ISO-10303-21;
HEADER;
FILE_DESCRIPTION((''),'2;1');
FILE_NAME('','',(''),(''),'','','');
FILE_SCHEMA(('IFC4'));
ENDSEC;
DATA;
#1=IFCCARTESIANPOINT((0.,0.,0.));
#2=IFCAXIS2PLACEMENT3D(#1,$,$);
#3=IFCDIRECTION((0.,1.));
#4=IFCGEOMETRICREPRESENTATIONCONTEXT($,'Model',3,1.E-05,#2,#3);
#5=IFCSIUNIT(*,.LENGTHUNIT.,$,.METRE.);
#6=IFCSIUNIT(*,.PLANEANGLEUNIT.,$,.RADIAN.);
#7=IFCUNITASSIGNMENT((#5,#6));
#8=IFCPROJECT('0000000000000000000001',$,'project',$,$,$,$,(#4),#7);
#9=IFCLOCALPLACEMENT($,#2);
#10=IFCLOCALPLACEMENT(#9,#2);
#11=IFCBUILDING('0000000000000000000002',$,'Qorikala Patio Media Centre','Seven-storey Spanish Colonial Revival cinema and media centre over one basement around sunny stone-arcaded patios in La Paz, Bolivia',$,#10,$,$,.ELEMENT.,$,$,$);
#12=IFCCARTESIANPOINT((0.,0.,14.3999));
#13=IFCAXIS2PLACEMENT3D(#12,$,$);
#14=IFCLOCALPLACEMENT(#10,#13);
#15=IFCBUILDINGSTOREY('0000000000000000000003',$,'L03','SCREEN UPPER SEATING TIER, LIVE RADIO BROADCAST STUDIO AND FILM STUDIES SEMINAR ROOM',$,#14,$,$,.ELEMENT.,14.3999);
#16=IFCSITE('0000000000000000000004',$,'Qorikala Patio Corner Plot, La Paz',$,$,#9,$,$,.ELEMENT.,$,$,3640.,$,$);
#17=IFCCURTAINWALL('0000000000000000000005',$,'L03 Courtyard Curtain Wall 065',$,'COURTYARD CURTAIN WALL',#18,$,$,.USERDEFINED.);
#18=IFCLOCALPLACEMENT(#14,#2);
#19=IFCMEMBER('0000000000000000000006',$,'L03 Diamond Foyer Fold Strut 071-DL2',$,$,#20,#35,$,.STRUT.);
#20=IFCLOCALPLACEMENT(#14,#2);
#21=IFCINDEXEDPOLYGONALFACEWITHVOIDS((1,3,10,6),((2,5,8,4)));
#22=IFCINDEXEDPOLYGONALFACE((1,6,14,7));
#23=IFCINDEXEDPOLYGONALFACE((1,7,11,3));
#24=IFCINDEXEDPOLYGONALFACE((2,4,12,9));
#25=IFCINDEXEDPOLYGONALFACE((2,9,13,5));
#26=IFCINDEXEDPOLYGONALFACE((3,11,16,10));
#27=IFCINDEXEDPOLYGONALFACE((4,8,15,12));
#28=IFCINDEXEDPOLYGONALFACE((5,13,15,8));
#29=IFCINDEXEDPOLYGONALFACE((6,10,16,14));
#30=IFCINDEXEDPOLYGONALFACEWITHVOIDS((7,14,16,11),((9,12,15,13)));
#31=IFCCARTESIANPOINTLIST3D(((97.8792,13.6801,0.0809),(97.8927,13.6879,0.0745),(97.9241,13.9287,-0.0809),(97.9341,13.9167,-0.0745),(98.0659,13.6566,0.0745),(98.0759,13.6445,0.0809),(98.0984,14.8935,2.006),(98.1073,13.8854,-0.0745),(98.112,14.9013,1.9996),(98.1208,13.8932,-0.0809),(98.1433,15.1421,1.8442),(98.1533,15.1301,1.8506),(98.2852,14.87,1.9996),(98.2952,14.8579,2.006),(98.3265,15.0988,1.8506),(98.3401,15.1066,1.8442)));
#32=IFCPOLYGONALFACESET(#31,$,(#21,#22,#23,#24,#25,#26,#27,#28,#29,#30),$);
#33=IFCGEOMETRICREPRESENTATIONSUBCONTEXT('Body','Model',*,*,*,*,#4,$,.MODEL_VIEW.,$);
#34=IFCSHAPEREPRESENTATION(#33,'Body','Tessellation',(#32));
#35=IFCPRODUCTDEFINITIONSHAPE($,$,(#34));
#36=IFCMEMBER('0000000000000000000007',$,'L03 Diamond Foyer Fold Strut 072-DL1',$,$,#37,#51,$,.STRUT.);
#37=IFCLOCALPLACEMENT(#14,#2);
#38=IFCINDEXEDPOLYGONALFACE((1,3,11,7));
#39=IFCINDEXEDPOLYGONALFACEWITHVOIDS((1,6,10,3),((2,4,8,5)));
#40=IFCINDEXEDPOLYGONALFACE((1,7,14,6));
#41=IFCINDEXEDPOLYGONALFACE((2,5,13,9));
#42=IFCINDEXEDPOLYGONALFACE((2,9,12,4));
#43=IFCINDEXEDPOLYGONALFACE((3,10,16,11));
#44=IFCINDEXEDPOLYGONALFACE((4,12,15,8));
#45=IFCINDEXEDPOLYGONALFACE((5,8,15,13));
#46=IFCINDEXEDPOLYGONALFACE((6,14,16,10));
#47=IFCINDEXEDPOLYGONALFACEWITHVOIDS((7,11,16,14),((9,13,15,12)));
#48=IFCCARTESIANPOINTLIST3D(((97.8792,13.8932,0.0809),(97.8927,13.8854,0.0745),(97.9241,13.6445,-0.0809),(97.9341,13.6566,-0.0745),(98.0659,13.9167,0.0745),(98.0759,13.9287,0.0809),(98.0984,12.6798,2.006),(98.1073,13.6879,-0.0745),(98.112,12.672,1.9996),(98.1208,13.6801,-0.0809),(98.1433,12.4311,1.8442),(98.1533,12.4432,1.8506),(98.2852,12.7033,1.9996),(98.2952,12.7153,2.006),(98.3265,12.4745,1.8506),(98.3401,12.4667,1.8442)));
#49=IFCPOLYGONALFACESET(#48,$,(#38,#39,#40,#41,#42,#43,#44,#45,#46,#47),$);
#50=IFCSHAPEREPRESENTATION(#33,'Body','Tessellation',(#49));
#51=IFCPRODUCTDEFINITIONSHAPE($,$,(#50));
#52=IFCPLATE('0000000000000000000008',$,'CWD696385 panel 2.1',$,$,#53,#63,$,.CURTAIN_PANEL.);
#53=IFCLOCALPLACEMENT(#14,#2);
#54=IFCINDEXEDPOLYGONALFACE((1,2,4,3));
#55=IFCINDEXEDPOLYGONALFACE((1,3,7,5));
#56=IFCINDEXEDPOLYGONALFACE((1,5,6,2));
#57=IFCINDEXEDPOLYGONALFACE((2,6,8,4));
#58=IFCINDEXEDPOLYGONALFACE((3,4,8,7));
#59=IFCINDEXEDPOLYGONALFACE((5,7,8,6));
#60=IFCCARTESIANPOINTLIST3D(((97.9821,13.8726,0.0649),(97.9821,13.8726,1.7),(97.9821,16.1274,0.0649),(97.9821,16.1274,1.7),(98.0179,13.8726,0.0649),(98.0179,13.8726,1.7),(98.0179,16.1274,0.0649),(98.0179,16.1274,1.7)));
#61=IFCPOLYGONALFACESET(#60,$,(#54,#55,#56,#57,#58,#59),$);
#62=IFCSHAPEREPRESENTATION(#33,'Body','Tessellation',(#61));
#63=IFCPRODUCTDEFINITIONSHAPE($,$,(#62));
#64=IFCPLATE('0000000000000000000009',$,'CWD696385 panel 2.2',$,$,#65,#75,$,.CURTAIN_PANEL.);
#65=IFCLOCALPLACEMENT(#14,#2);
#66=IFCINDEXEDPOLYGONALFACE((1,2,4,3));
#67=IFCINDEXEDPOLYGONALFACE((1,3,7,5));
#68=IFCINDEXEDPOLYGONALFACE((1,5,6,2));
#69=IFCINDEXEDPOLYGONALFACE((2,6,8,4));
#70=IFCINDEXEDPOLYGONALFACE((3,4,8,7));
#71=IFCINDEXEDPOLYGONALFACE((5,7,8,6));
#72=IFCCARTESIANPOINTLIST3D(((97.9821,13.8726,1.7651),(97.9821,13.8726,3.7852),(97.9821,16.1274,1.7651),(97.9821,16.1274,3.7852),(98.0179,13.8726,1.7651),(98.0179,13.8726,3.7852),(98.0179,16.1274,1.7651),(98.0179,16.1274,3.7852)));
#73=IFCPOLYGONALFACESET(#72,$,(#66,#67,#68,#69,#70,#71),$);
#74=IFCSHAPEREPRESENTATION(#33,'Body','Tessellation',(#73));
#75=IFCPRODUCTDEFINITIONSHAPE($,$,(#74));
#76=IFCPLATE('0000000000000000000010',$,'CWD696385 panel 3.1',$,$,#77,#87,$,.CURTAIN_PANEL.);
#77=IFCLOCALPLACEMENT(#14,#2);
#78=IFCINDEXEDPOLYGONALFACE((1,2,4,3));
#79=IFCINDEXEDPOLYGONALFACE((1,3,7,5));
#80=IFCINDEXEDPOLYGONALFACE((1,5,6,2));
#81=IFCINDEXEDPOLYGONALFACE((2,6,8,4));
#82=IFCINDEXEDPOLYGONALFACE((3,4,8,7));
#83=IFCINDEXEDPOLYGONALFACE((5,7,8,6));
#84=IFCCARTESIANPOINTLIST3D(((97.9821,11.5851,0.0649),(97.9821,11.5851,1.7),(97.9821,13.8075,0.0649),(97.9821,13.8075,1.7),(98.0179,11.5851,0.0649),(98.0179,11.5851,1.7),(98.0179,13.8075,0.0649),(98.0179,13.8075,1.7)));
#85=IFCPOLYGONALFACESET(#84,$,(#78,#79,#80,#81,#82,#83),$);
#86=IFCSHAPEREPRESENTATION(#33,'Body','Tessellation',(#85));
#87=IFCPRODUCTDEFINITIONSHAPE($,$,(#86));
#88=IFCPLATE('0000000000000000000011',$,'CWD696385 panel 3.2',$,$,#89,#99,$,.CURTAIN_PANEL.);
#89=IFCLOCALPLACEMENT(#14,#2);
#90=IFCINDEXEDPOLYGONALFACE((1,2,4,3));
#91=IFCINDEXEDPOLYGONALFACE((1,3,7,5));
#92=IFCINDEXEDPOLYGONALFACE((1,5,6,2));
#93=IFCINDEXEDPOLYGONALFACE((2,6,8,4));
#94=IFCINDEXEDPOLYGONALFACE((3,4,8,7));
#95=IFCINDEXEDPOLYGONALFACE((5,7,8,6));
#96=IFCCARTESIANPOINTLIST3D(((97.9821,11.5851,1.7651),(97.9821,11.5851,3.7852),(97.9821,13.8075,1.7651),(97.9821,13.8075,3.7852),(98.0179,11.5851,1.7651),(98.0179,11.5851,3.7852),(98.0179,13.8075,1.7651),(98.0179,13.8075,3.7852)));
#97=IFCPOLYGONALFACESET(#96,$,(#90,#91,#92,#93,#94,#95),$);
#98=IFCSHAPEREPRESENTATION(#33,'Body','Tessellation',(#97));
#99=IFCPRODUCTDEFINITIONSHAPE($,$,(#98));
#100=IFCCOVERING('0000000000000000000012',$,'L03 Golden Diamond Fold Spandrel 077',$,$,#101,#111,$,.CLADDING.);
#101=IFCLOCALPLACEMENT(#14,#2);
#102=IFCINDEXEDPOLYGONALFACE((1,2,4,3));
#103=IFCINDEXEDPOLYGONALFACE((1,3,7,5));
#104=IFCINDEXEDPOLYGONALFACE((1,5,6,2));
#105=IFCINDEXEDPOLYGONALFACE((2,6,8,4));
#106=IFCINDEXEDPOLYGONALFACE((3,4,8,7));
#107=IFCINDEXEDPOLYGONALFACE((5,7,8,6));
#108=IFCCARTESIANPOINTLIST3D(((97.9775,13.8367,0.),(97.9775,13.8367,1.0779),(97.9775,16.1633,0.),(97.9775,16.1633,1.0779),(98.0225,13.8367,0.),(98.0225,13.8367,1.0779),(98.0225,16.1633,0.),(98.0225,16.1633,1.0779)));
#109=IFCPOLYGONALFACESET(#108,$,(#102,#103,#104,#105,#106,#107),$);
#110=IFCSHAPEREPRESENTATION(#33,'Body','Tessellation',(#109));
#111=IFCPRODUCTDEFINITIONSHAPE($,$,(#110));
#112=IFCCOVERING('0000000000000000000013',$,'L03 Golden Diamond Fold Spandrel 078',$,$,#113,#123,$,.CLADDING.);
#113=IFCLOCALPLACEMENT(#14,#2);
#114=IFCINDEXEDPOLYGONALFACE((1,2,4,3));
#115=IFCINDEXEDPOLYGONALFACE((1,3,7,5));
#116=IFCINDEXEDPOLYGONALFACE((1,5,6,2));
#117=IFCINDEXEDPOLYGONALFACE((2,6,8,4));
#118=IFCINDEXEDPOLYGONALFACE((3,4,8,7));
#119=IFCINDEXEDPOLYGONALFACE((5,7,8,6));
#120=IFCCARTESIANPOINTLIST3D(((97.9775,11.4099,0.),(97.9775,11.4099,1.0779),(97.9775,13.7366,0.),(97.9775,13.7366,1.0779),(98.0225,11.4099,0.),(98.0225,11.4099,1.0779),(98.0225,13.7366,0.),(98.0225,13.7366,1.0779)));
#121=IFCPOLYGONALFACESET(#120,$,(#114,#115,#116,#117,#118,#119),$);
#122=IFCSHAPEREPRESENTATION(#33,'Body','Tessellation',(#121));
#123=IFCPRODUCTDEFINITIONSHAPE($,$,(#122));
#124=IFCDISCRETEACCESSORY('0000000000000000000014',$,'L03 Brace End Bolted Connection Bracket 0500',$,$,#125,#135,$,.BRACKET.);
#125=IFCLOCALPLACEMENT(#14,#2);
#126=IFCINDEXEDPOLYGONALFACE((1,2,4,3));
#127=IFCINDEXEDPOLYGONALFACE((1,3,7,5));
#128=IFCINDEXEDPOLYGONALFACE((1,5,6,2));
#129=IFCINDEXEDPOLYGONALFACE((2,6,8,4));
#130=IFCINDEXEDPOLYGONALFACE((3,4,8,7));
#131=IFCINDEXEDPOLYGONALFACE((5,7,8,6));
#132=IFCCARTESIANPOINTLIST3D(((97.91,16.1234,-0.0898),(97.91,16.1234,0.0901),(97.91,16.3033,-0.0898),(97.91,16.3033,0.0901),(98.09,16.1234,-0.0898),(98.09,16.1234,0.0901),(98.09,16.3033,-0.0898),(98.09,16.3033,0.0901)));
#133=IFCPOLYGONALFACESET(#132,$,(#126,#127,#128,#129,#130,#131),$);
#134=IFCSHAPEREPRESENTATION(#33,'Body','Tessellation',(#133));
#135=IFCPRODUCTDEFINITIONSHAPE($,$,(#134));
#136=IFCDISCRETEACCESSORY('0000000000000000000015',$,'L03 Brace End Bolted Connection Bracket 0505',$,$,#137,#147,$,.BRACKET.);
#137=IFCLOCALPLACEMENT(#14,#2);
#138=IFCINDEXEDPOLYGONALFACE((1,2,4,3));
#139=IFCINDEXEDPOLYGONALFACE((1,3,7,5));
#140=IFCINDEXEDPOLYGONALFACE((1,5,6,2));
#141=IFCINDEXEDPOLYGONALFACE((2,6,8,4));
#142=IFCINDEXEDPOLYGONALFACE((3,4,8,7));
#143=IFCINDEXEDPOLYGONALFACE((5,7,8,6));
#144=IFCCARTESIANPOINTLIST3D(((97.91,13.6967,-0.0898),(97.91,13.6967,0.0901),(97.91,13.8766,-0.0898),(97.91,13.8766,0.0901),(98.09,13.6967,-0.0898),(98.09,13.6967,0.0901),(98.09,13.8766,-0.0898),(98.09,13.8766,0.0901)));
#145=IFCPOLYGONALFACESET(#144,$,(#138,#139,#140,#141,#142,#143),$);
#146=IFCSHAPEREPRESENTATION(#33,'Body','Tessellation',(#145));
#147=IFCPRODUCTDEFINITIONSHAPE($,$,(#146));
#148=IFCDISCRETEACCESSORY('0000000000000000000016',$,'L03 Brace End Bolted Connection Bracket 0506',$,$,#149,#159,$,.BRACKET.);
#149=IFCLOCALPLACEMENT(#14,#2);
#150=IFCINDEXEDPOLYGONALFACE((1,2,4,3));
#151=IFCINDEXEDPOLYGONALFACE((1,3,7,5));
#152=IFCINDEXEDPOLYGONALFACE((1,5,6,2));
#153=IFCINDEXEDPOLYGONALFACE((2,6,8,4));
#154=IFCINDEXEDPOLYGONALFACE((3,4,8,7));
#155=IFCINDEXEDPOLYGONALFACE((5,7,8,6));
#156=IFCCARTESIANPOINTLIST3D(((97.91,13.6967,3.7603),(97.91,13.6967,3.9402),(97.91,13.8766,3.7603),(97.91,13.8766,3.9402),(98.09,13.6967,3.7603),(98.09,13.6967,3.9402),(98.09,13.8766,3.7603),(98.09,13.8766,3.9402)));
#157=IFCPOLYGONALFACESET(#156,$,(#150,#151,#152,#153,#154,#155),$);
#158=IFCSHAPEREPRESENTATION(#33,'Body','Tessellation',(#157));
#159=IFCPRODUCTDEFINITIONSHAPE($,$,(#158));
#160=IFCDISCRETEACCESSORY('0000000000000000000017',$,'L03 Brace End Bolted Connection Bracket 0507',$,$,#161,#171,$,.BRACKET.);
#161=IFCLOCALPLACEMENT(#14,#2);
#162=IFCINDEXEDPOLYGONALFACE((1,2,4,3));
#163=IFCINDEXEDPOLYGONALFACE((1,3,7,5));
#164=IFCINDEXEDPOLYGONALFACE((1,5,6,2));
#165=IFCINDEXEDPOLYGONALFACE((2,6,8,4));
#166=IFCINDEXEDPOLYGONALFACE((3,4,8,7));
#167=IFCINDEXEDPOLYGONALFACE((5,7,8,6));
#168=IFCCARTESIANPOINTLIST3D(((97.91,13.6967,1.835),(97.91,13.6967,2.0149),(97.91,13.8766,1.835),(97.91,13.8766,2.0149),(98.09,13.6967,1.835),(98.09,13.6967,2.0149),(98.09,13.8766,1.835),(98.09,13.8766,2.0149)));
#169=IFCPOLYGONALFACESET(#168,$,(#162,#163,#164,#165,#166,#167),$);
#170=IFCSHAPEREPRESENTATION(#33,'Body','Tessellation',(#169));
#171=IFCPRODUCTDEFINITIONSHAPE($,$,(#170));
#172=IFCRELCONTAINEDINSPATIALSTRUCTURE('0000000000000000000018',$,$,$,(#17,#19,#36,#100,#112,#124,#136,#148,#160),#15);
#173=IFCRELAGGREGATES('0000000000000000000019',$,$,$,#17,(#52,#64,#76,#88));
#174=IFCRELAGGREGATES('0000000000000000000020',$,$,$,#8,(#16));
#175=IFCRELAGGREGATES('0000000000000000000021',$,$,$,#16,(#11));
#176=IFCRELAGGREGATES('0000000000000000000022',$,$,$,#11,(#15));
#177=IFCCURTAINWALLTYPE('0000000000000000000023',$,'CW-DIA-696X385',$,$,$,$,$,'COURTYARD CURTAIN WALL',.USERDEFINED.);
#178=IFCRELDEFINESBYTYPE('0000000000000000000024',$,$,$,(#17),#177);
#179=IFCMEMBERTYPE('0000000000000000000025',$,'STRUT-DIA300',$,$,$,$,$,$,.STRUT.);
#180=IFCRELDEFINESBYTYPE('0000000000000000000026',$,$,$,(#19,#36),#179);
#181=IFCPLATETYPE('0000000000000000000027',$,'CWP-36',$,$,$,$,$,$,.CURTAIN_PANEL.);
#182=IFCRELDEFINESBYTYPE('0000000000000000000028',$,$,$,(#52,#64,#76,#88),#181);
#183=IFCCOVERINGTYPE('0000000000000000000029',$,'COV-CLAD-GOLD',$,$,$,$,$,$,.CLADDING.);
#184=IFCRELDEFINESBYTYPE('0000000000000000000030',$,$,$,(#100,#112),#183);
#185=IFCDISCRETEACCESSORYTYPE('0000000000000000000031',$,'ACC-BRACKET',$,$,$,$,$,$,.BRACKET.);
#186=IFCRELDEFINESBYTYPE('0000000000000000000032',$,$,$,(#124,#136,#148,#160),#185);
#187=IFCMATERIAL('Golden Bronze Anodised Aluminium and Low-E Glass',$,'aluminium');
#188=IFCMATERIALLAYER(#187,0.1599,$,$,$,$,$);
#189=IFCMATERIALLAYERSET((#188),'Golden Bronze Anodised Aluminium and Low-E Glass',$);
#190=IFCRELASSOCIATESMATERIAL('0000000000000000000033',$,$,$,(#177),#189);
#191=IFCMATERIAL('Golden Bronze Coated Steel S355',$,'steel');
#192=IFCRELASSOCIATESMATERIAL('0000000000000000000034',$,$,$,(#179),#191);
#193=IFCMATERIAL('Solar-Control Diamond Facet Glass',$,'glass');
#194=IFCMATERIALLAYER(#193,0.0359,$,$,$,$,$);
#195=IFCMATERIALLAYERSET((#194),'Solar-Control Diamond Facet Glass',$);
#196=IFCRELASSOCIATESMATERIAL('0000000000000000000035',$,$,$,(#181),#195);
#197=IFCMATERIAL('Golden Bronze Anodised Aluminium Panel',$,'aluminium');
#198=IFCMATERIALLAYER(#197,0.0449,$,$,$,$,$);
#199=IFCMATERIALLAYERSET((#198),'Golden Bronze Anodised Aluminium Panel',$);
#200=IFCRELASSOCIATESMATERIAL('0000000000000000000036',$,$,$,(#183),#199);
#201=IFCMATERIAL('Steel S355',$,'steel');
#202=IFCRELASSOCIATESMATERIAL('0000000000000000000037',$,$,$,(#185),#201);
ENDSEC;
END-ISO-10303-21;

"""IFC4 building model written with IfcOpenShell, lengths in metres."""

from ifc_helpers import new_model, si_unit, direction, frame, origin, origin_2d, place, context, subcontext, project, spatial, rectangle, hollow_rectangle, extrude, material, layer, layer_set, material_profile, profile_set, type_object, element, aggregate, save


model = new_model("IFC4")

# Units and contexts
model_context = context("Model", 3, precision=1e-05, world=origin(), true_north=direction((0.0, 1.0)))
body_context = subcontext(model_context, "Body", "Model", "MODEL_VIEW")
ifc_project = project(units=[si_unit("LENGTHUNIT", "METRE"), si_unit("PLANEANGLEUNIT", "RADIAN")], contexts=[model_context])

# Site, building, storey
site_placement = place(None, origin())
site = spatial("IfcSite", under=ifc_project, at=site_placement, Name="Qorikala Patio Corner Plot, La Paz", CompositionType="ELEMENT", RefElevation=3640.0)
building_placement = place(site_placement, origin())
building = spatial("IfcBuilding", under=site, at=building_placement, Name="Qorikala Patio Media Centre", Description="Seven-storey Spanish Colonial Revival cinema and media centre over one basement around sunny stone-arcaded patios in La Paz, Bolivia", CompositionType="ELEMENT")
storey_placement = place(building_placement, frame((0.0, 0.0, 14.3999)))
storey = spatial("IfcBuildingStorey", under=building, at=storey_placement, Name="L03", Description="SCREEN UPPER SEATING TIER, LIVE RADIO BROADCAST STUDIO AND FILM STUDIES SEMINAR ROOM", CompositionType="ELEMENT", Elevation=14.3999)

# Shared definitions
ifc_material_1 = material(Name="Golden Bronze Coated Steel S355", Category="steel")

# Curtain wall
ifc_material_2 = material(Name="Golden Bronze Anodised Aluminium and Low-E Glass", Category="aluminium")
ifc_layer_1 = layer(ifc_material_2, 0.1599)
ifc_layer_set_1 = layer_set([ifc_layer_1], Name="Golden Bronze Anodised Aluminium and Low-E Glass")
curtain_wall_type = type_object("IfcCurtainWallType", Name="CW-DIA-696X385", ElementType="COURTYARD CURTAIN WALL", PredefinedType="USERDEFINED", material=ifc_layer_set_1)
curtain_wall_placement = place(storey_placement, origin())
curtain_wall = element("IfcCurtainWall", 1, at=curtain_wall_placement, inside=storey, type_object=curtain_wall_type, Name="L03 Courtyard Curtain Wall 065", ObjectType="COURTYARD CURTAIN WALL", PredefinedType="USERDEFINED")

# Members
ifc_material_profile_1 = material_profile(ifc_material_1, hollow_rectangle(XDim=0.2, YDim=0.3, WallThickness=0.012, at=origin_2d()), Name="HSS300X200X12")
ifc_profile_set_1 = profile_set([ifc_material_profile_1], Name="Golden Bronze Coated Steel S355")
member_type_1 = type_object("IfcMemberType", Name="STRUT-DIA300", PredefinedType="STRUT", material=ifc_profile_set_1)
for number, where, z_axis, x_axis, name in (
    (2, (98.0, 13.7866, 0.0), (0.095901, 0.530768, 0.842074), (-0.984066, 0.177805, 0.0), "L03 Diamond Foyer Fold Strut 071-DL2"),
    (3, (98.0, 13.7866, 0.0), (0.095901, -0.530768, 0.842074), (0.984066, 0.177805, 0.0), "L03 Diamond Foyer Fold Strut 072-DL1"),
):
    element("IfcMember", number, at=place(storey_placement, frame(where, z_axis=z_axis, x_axis=x_axis)), inside=storey, type_object=member_type_1, Name=name, PredefinedType="STRUT", context=body_context, shape_type="SweptSolid", body=[
        extrude(hollow_rectangle(XDim=0.2, YDim=0.3, WallThickness=0.012, at=origin_2d()), origin(), (0.0, 0.0, 1.0), 2.2861),
    ])

# Plates
ifc_material_3 = material(Name="Solar-Control Diamond Facet Glass", Category="glass")
ifc_layer_2 = layer(ifc_material_3, 0.0359)
ifc_layer_set_2 = layer_set([ifc_layer_2], Name="Solar-Control Diamond Facet Glass")
plate_type = type_object("IfcPlateType", Name="CWP-36", PredefinedType="CURTAIN_PANEL", material=ifc_layer_set_2)
plate_1_placement = place(storey_placement, frame((98.0, 15.0, 0.0649), z_axis=(0.0, 0.0, 1.0), x_axis=(0.0, -1.0, 0.0)))
plate_1 = element("IfcPlate", 4, at=plate_1_placement, type_object=plate_type, Name="CWD696385 panel 2.1", PredefinedType="CURTAIN_PANEL", context=body_context, shape_type="SweptSolid", body=[
    extrude(rectangle(XDim=2.2549, YDim=0.0359, at=origin_2d()), origin(), (0.0, 0.0, 1.0), 1.635),
])
plate_2_placement = place(storey_placement, frame((98.0, 15.0, 1.7651), z_axis=(0.0, 0.0, 1.0), x_axis=(0.0, -1.0, 0.0)))
plate_2 = element("IfcPlate", 5, at=plate_2_placement, type_object=plate_type, Name="CWD696385 panel 2.2", PredefinedType="CURTAIN_PANEL", context=body_context, shape_type="SweptSolid", body=[
    extrude(rectangle(XDim=2.2549, YDim=0.0359, at=origin_2d()), origin(), (0.0, 0.0, 1.0), 2.02),
])
plate_3_placement = place(storey_placement, frame((98.0, 12.6963, 0.0649), z_axis=(0.0, 0.0, 1.0), x_axis=(0.0, -1.0, 0.0)))
plate_3 = element("IfcPlate", 6, at=plate_3_placement, type_object=plate_type, Name="CWD696385 panel 3.1", PredefinedType="CURTAIN_PANEL", context=body_context, shape_type="SweptSolid", body=[
    extrude(rectangle(XDim=2.2224, YDim=0.0359, at=origin_2d()), origin(), (0.0, 0.0, 1.0), 1.635),
])
plate_4_placement = place(storey_placement, frame((98.0, 12.6963, 1.7651), z_axis=(0.0, 0.0, 1.0), x_axis=(0.0, -1.0, 0.0)))
plate_4 = element("IfcPlate", 7, at=plate_4_placement, type_object=plate_type, Name="CWD696385 panel 3.2", PredefinedType="CURTAIN_PANEL", context=body_context, shape_type="SweptSolid", body=[
    extrude(rectangle(XDim=2.2224, YDim=0.0359, at=origin_2d()), origin(), (0.0, 0.0, 1.0), 2.02),
])
aggregate(curtain_wall, [plate_1, plate_2, plate_3, plate_4])

# Coverings
ifc_material_4 = material(Name="Golden Bronze Anodised Aluminium Panel", Category="aluminium")
ifc_layer_3 = layer(ifc_material_4, 0.0449)
ifc_layer_set_3 = layer_set([ifc_layer_3], Name="Golden Bronze Anodised Aluminium Panel")
covering_type = type_object("IfcCoveringType", Name="COV-CLAD-GOLD", PredefinedType="CLADDING", material=ifc_layer_set_3)
for number, where, z_axis, x_axis, name in (
    (8, (98.0, 15.0, 0.0), (0.0, 0.0, 1.0), (0.0, -1.0, 0.0), "L03 Golden Diamond Fold Spandrel 077"),
    (9, (98.0, 12.5732, 0.0), (0.0, 0.0, 1.0), (0.0, -1.0, 0.0), "L03 Golden Diamond Fold Spandrel 078"),
):
    element("IfcCovering", number, at=place(storey_placement, frame(where, z_axis=z_axis, x_axis=x_axis)), inside=storey, type_object=covering_type, Name=name, PredefinedType="CLADDING", context=body_context, shape_type="SweptSolid", body=[
        extrude(rectangle(XDim=2.3267, YDim=0.0449, at=origin_2d()), origin(), (0.0, 0.0, 1.0), 1.0779),
    ])

# Discrete accessories
ifc_material_5 = material(Name="Steel S355", Category="steel")
discrete_accessory_type = type_object("IfcDiscreteAccessoryType", Name="ACC-BRACKET", PredefinedType="BRACKET", material=ifc_material_5)
for number, where, z_axis, x_axis, name in (
    (10, (98.0, 16.2134, -0.0898), (0.0, 0.0, 1.0), (1.0, 0.0, 0.0), "L03 Brace End Bolted Connection Bracket 0500"),
    (11, (98.0, 13.7866, -0.0898), (0.0, 0.0, 1.0), (1.0, 0.0, 0.0), "L03 Brace End Bolted Connection Bracket 0505"),
    (12, (98.0, 13.7866, 3.7603), (0.0, 0.0, 1.0), (1.0, 0.0, 0.0), "L03 Brace End Bolted Connection Bracket 0506"),
    (13, (98.0, 13.7866, 1.835), (0.0, 0.0, 1.0), (1.0, 0.0, 0.0), "L03 Brace End Bolted Connection Bracket 0507"),
):
    element("IfcDiscreteAccessory", number, at=place(storey_placement, frame(where, z_axis=z_axis, x_axis=x_axis)), inside=storey, type_object=discrete_accessory_type, Name=name, PredefinedType="BRACKET", context=body_context, shape_type="SweptSolid", body=[
        extrude(rectangle(XDim=0.1799, YDim=0.1799, at=origin_2d()), origin(), (0.0, 0.0, 1.0), 0.1799),
    ])

save(model, "model.ifc")
